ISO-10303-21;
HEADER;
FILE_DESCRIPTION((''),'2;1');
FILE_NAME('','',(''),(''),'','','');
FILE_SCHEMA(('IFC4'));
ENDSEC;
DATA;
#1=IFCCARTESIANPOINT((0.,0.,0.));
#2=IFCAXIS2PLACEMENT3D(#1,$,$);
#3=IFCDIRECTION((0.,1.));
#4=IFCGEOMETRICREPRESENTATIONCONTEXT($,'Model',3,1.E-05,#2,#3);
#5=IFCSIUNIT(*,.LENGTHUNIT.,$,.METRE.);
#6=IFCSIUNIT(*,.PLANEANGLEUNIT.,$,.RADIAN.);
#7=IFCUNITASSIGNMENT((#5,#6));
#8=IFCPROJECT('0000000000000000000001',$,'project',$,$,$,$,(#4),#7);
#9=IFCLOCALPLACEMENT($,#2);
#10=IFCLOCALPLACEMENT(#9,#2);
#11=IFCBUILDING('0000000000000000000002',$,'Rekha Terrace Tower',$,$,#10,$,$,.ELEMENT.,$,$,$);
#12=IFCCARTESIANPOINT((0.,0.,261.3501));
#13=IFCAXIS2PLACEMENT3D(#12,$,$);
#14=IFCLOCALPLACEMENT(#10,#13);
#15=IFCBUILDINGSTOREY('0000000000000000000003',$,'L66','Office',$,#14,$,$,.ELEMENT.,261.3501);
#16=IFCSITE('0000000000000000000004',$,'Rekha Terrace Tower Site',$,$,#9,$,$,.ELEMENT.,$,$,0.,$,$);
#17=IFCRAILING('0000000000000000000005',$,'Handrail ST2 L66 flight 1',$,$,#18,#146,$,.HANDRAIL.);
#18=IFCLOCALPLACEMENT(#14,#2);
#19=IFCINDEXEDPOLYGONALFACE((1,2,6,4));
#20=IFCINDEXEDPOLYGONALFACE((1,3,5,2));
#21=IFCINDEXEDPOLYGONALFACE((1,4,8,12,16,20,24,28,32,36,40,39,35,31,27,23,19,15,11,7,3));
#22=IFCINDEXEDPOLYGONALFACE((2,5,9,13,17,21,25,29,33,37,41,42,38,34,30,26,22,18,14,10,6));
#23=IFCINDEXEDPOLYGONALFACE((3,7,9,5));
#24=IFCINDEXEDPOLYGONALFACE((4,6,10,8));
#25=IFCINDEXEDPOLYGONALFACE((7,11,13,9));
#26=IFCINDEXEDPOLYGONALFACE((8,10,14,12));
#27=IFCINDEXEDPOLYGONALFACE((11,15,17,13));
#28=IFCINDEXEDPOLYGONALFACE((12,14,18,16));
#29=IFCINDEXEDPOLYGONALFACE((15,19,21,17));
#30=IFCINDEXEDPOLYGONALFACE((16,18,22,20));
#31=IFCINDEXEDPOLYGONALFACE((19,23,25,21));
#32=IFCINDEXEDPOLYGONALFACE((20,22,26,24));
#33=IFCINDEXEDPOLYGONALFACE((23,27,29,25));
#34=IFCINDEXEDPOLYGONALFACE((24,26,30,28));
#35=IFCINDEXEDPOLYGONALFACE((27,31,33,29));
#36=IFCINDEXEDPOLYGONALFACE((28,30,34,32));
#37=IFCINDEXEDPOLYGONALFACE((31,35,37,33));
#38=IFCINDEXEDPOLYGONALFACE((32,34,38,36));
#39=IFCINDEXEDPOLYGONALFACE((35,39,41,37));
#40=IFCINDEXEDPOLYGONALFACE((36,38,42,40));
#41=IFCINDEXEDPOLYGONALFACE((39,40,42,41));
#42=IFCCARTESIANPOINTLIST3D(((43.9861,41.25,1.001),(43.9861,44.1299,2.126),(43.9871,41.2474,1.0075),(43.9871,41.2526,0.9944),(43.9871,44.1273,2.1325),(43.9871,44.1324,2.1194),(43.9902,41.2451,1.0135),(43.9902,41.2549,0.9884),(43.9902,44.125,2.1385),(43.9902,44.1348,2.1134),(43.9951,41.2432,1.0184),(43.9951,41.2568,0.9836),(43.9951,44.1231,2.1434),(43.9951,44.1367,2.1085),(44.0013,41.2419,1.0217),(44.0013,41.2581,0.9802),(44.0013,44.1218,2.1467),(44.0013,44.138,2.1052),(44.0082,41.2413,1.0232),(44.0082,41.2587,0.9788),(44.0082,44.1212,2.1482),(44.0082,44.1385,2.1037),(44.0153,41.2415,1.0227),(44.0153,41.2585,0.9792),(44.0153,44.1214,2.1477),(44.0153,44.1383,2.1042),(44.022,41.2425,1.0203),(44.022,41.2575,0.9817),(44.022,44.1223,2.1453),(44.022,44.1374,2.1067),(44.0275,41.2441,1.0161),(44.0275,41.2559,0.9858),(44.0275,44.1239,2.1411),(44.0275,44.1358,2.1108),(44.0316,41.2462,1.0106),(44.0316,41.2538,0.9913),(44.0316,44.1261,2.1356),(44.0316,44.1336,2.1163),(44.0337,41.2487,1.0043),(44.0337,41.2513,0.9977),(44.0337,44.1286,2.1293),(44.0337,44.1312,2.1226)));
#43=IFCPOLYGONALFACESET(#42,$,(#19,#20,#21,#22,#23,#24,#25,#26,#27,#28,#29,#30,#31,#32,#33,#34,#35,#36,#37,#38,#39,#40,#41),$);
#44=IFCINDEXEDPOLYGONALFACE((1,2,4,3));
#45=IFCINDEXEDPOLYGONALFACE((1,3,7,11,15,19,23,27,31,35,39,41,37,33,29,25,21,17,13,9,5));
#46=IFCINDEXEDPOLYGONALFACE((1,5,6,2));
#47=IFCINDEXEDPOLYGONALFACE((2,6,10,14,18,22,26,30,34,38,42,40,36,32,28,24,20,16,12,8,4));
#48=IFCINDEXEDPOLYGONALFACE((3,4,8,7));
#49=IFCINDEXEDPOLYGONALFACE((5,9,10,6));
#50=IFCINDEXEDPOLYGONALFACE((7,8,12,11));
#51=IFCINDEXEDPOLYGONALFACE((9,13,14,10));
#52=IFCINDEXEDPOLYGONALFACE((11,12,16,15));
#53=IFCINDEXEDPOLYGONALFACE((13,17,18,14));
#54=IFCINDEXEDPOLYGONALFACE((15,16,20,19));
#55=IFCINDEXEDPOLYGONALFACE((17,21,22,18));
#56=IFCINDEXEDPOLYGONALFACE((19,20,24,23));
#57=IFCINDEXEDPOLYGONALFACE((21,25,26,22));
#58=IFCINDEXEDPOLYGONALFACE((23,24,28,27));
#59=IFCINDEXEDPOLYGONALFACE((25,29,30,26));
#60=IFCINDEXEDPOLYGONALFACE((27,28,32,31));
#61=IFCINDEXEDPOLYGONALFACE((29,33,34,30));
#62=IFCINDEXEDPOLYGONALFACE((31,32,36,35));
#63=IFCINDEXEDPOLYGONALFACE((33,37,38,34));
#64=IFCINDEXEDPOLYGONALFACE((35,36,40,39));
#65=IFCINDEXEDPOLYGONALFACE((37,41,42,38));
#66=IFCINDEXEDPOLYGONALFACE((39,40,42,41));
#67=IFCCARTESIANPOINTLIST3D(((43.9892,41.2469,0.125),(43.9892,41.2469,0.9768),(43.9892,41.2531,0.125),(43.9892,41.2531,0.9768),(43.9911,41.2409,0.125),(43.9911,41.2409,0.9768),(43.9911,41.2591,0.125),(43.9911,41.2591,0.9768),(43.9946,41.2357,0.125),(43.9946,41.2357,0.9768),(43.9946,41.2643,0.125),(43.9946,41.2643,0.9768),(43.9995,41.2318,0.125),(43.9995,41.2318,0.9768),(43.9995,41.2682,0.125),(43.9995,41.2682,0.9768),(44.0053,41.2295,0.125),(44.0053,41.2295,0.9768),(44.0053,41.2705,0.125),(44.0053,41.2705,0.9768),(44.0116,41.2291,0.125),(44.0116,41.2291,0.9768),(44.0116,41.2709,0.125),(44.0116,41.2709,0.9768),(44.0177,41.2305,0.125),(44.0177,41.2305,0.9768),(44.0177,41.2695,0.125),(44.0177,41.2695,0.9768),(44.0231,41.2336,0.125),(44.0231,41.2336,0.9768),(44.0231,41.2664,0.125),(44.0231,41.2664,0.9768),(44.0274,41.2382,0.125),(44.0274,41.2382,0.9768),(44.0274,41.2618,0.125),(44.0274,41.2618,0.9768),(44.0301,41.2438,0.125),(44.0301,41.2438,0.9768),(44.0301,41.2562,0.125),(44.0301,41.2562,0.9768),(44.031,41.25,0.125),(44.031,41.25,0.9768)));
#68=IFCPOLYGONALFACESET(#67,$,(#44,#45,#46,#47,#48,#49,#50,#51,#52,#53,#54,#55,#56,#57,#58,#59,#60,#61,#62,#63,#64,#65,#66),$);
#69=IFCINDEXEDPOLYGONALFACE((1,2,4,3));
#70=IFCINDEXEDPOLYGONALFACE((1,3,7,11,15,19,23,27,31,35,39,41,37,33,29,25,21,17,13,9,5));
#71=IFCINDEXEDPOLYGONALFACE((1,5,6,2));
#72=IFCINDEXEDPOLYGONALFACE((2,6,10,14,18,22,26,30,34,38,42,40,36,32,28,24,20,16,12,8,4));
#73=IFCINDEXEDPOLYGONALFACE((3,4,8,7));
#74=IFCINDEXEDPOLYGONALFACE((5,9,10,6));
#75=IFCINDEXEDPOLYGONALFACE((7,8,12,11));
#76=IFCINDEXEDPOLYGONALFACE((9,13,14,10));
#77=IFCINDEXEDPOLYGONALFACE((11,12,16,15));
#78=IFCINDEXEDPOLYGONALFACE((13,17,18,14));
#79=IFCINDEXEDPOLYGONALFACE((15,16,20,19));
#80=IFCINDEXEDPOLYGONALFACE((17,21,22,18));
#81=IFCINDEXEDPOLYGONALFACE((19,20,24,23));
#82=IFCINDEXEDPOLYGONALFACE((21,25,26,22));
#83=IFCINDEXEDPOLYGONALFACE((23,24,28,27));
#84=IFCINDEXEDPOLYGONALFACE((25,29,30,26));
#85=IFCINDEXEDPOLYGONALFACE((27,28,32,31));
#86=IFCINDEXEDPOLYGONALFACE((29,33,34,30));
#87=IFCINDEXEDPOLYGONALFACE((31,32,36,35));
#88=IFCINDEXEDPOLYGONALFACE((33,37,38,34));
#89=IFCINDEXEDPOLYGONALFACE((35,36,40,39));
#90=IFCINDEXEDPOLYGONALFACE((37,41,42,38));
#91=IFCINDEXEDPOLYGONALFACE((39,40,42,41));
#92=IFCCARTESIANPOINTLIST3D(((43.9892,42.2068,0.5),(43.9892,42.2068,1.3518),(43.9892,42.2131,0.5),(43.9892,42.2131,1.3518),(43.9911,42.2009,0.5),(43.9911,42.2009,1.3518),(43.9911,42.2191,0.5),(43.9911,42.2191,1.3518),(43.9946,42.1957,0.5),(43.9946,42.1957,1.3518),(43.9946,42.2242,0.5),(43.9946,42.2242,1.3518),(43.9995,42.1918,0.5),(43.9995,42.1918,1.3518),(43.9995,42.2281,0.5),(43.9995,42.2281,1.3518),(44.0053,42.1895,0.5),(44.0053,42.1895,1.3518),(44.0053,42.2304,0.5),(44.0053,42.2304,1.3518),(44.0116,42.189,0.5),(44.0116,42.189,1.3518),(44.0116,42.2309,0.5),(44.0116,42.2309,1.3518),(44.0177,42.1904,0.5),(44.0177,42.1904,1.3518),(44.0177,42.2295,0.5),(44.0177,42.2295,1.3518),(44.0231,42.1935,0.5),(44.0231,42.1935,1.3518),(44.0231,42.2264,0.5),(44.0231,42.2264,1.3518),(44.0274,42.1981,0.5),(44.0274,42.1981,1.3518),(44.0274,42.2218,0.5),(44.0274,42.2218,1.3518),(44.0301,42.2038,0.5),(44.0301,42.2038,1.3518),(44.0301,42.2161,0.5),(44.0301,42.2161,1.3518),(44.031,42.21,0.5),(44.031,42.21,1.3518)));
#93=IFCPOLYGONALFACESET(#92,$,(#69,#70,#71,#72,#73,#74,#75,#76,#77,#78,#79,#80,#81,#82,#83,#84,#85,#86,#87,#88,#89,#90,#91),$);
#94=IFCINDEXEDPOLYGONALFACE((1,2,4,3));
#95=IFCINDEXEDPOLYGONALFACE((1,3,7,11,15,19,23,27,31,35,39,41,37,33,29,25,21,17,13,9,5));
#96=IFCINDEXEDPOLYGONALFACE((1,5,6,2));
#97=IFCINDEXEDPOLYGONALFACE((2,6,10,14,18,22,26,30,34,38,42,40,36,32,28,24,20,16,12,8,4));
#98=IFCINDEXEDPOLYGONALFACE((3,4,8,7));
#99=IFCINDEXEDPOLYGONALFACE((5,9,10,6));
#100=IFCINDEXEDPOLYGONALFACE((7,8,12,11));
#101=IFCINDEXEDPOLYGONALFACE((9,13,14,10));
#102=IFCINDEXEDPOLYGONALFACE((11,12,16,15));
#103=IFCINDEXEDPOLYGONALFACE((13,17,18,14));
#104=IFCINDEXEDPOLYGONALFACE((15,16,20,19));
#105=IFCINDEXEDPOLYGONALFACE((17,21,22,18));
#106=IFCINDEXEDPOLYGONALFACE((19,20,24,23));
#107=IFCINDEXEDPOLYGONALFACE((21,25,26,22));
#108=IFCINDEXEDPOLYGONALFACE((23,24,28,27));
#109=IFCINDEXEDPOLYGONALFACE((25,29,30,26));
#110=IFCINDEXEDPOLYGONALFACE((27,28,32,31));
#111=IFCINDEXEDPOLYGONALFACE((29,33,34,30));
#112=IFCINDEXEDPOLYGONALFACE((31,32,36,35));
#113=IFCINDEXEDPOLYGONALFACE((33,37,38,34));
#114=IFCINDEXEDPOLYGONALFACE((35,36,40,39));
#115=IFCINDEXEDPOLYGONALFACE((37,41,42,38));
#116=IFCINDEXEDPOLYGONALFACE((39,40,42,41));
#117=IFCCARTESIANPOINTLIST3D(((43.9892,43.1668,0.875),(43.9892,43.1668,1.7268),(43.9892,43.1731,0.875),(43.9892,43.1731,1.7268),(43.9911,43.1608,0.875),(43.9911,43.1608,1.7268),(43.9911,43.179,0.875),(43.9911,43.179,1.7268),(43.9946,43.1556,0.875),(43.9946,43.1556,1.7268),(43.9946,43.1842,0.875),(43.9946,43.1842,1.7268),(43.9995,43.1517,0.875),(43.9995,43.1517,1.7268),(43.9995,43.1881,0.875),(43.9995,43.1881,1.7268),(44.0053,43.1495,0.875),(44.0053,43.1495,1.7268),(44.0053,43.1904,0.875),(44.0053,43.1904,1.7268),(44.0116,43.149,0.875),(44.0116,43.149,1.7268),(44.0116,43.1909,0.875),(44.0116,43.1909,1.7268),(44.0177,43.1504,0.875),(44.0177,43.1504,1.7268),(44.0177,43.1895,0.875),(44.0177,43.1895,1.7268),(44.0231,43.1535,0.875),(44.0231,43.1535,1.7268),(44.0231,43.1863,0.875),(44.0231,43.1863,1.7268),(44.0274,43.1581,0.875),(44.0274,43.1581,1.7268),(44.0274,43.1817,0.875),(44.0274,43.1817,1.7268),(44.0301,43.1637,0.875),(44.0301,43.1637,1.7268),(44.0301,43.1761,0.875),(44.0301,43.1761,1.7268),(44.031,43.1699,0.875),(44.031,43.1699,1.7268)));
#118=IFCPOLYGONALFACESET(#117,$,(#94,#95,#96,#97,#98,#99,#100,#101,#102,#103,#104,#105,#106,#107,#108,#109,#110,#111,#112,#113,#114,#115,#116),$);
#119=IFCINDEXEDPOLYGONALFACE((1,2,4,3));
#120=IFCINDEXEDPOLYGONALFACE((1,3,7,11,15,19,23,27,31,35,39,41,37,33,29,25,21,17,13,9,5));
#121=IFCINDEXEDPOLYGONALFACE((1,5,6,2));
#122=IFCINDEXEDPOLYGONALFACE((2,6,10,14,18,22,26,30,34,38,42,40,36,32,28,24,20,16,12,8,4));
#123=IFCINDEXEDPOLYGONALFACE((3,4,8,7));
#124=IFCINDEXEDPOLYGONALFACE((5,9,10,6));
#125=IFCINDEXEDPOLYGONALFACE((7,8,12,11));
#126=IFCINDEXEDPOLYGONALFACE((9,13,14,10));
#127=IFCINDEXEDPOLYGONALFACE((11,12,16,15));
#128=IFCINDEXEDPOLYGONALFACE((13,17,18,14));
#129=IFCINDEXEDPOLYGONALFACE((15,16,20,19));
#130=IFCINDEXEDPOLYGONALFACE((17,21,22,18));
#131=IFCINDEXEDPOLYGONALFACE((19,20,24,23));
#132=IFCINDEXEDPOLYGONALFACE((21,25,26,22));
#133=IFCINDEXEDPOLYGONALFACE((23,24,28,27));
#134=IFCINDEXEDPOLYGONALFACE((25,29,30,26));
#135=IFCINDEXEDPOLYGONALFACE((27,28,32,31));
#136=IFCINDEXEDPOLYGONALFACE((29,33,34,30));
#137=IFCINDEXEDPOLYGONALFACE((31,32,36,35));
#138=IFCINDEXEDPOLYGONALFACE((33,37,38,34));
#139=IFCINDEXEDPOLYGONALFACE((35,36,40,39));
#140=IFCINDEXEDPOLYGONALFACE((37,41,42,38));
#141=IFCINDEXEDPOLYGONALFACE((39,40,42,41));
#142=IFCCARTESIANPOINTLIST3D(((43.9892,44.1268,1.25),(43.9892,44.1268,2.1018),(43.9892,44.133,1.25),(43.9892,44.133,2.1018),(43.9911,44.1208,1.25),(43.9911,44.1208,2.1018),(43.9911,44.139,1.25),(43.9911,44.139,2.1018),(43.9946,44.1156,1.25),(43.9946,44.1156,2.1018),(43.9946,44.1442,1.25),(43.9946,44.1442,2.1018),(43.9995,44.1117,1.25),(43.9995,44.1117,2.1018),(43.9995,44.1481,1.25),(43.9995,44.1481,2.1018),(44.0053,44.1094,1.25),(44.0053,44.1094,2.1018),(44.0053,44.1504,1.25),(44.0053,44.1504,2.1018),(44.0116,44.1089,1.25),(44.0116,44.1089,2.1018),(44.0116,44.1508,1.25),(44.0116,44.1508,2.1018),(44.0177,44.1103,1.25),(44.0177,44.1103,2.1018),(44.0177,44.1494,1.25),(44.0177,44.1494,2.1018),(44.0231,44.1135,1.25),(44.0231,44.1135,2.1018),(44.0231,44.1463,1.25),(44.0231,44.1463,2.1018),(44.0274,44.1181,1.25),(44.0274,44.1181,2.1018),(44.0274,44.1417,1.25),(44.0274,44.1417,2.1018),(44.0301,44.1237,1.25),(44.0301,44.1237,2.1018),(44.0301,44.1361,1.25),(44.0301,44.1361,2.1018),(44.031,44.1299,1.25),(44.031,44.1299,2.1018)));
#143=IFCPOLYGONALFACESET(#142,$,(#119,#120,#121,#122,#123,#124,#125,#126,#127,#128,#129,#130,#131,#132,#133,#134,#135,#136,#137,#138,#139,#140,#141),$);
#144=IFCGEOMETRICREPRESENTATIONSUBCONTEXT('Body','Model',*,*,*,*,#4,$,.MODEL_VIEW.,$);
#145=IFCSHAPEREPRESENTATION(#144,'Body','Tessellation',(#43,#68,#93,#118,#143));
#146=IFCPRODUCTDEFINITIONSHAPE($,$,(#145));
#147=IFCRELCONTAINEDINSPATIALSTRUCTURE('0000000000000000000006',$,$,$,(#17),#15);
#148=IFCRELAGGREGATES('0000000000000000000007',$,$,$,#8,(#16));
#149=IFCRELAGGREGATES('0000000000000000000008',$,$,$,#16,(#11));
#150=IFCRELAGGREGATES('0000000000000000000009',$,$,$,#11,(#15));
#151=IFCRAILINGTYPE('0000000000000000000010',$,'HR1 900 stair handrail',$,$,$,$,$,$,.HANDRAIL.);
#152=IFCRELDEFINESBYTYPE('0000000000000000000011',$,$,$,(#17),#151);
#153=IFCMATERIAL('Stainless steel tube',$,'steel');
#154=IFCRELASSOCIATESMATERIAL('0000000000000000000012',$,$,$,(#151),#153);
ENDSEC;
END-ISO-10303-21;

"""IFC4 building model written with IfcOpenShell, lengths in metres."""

from ifc_helpers import new_model, si_unit, direction, frame, origin, origin_2d, place, context, subcontext, project, spatial, circle, extrude, material, type_object, element, save


model = new_model("IFC4")

# Units and contexts
model_context = context("Model", 3, precision=1e-05, world=origin(), true_north=direction((0.0, 1.0)))
body_context = subcontext(model_context, "Body", "Model", "MODEL_VIEW")
ifc_project = project(units=[si_unit("LENGTHUNIT", "METRE"), si_unit("PLANEANGLEUNIT", "RADIAN")], contexts=[model_context])

# Site, building, storey
site_placement = place(None, origin())
site = spatial("IfcSite", under=ifc_project, at=site_placement, Name="Rekha Terrace Tower Site", CompositionType="ELEMENT", RefElevation=0.0)
building_placement = place(site_placement, origin())
building = spatial("IfcBuilding", under=site, at=building_placement, Name="Rekha Terrace Tower", CompositionType="ELEMENT")
storey_placement = place(building_placement, frame((0.0, 0.0, 261.3501)))
storey = spatial("IfcBuildingStorey", under=building, at=storey_placement, Name="L66", Description="Office", CompositionType="ELEMENT", Elevation=261.3501)

# Railing
ifc_material_1 = material(Name="Stainless steel tube", Category="steel")
railing_type_1 = type_object("IfcRailingType", Name="HR1 900 stair handrail", PredefinedType="HANDRAIL", material=ifc_material_1)
for number, where, name in (
    (1, (44.01, 41.25, 0.125), "Handrail ST2 L66 flight 1"),
):
    element("IfcRailing", number, at=place(storey_placement, frame(where)), inside=storey, type_object=railing_type_1, Name=name, PredefinedType="HANDRAIL", context=body_context, shape_type="SweptSolid", body=[
        extrude(circle(Radius=0.0239, at=origin_2d()), frame((0.0, 0.0, 0.876), z_axis=(0.0, 0.931452, 0.363863), x_axis=(-1.0, 0.0, 0.0)), (0.0, 0.0, 1.0), 3.0918),
        extrude(circle(Radius=0.021, at=origin_2d()), origin(), (0.0, 0.0, 1.0), 0.8518),
        extrude(circle(Radius=0.021, at=origin_2d()), frame((0.0, 0.96, 0.375)), (0.0, 0.0, 1.0), 0.8518),
        extrude(circle(Radius=0.021, at=origin_2d()), frame((0.0, 1.9199, 0.75)), (0.0, 0.0, 1.0), 0.8518),
        extrude(circle(Radius=0.021, at=origin_2d()), frame((0.0, 2.8799, 1.125)), (0.0, 0.0, 1.0), 0.8518),
    ])

save(model, "model.ifc")
